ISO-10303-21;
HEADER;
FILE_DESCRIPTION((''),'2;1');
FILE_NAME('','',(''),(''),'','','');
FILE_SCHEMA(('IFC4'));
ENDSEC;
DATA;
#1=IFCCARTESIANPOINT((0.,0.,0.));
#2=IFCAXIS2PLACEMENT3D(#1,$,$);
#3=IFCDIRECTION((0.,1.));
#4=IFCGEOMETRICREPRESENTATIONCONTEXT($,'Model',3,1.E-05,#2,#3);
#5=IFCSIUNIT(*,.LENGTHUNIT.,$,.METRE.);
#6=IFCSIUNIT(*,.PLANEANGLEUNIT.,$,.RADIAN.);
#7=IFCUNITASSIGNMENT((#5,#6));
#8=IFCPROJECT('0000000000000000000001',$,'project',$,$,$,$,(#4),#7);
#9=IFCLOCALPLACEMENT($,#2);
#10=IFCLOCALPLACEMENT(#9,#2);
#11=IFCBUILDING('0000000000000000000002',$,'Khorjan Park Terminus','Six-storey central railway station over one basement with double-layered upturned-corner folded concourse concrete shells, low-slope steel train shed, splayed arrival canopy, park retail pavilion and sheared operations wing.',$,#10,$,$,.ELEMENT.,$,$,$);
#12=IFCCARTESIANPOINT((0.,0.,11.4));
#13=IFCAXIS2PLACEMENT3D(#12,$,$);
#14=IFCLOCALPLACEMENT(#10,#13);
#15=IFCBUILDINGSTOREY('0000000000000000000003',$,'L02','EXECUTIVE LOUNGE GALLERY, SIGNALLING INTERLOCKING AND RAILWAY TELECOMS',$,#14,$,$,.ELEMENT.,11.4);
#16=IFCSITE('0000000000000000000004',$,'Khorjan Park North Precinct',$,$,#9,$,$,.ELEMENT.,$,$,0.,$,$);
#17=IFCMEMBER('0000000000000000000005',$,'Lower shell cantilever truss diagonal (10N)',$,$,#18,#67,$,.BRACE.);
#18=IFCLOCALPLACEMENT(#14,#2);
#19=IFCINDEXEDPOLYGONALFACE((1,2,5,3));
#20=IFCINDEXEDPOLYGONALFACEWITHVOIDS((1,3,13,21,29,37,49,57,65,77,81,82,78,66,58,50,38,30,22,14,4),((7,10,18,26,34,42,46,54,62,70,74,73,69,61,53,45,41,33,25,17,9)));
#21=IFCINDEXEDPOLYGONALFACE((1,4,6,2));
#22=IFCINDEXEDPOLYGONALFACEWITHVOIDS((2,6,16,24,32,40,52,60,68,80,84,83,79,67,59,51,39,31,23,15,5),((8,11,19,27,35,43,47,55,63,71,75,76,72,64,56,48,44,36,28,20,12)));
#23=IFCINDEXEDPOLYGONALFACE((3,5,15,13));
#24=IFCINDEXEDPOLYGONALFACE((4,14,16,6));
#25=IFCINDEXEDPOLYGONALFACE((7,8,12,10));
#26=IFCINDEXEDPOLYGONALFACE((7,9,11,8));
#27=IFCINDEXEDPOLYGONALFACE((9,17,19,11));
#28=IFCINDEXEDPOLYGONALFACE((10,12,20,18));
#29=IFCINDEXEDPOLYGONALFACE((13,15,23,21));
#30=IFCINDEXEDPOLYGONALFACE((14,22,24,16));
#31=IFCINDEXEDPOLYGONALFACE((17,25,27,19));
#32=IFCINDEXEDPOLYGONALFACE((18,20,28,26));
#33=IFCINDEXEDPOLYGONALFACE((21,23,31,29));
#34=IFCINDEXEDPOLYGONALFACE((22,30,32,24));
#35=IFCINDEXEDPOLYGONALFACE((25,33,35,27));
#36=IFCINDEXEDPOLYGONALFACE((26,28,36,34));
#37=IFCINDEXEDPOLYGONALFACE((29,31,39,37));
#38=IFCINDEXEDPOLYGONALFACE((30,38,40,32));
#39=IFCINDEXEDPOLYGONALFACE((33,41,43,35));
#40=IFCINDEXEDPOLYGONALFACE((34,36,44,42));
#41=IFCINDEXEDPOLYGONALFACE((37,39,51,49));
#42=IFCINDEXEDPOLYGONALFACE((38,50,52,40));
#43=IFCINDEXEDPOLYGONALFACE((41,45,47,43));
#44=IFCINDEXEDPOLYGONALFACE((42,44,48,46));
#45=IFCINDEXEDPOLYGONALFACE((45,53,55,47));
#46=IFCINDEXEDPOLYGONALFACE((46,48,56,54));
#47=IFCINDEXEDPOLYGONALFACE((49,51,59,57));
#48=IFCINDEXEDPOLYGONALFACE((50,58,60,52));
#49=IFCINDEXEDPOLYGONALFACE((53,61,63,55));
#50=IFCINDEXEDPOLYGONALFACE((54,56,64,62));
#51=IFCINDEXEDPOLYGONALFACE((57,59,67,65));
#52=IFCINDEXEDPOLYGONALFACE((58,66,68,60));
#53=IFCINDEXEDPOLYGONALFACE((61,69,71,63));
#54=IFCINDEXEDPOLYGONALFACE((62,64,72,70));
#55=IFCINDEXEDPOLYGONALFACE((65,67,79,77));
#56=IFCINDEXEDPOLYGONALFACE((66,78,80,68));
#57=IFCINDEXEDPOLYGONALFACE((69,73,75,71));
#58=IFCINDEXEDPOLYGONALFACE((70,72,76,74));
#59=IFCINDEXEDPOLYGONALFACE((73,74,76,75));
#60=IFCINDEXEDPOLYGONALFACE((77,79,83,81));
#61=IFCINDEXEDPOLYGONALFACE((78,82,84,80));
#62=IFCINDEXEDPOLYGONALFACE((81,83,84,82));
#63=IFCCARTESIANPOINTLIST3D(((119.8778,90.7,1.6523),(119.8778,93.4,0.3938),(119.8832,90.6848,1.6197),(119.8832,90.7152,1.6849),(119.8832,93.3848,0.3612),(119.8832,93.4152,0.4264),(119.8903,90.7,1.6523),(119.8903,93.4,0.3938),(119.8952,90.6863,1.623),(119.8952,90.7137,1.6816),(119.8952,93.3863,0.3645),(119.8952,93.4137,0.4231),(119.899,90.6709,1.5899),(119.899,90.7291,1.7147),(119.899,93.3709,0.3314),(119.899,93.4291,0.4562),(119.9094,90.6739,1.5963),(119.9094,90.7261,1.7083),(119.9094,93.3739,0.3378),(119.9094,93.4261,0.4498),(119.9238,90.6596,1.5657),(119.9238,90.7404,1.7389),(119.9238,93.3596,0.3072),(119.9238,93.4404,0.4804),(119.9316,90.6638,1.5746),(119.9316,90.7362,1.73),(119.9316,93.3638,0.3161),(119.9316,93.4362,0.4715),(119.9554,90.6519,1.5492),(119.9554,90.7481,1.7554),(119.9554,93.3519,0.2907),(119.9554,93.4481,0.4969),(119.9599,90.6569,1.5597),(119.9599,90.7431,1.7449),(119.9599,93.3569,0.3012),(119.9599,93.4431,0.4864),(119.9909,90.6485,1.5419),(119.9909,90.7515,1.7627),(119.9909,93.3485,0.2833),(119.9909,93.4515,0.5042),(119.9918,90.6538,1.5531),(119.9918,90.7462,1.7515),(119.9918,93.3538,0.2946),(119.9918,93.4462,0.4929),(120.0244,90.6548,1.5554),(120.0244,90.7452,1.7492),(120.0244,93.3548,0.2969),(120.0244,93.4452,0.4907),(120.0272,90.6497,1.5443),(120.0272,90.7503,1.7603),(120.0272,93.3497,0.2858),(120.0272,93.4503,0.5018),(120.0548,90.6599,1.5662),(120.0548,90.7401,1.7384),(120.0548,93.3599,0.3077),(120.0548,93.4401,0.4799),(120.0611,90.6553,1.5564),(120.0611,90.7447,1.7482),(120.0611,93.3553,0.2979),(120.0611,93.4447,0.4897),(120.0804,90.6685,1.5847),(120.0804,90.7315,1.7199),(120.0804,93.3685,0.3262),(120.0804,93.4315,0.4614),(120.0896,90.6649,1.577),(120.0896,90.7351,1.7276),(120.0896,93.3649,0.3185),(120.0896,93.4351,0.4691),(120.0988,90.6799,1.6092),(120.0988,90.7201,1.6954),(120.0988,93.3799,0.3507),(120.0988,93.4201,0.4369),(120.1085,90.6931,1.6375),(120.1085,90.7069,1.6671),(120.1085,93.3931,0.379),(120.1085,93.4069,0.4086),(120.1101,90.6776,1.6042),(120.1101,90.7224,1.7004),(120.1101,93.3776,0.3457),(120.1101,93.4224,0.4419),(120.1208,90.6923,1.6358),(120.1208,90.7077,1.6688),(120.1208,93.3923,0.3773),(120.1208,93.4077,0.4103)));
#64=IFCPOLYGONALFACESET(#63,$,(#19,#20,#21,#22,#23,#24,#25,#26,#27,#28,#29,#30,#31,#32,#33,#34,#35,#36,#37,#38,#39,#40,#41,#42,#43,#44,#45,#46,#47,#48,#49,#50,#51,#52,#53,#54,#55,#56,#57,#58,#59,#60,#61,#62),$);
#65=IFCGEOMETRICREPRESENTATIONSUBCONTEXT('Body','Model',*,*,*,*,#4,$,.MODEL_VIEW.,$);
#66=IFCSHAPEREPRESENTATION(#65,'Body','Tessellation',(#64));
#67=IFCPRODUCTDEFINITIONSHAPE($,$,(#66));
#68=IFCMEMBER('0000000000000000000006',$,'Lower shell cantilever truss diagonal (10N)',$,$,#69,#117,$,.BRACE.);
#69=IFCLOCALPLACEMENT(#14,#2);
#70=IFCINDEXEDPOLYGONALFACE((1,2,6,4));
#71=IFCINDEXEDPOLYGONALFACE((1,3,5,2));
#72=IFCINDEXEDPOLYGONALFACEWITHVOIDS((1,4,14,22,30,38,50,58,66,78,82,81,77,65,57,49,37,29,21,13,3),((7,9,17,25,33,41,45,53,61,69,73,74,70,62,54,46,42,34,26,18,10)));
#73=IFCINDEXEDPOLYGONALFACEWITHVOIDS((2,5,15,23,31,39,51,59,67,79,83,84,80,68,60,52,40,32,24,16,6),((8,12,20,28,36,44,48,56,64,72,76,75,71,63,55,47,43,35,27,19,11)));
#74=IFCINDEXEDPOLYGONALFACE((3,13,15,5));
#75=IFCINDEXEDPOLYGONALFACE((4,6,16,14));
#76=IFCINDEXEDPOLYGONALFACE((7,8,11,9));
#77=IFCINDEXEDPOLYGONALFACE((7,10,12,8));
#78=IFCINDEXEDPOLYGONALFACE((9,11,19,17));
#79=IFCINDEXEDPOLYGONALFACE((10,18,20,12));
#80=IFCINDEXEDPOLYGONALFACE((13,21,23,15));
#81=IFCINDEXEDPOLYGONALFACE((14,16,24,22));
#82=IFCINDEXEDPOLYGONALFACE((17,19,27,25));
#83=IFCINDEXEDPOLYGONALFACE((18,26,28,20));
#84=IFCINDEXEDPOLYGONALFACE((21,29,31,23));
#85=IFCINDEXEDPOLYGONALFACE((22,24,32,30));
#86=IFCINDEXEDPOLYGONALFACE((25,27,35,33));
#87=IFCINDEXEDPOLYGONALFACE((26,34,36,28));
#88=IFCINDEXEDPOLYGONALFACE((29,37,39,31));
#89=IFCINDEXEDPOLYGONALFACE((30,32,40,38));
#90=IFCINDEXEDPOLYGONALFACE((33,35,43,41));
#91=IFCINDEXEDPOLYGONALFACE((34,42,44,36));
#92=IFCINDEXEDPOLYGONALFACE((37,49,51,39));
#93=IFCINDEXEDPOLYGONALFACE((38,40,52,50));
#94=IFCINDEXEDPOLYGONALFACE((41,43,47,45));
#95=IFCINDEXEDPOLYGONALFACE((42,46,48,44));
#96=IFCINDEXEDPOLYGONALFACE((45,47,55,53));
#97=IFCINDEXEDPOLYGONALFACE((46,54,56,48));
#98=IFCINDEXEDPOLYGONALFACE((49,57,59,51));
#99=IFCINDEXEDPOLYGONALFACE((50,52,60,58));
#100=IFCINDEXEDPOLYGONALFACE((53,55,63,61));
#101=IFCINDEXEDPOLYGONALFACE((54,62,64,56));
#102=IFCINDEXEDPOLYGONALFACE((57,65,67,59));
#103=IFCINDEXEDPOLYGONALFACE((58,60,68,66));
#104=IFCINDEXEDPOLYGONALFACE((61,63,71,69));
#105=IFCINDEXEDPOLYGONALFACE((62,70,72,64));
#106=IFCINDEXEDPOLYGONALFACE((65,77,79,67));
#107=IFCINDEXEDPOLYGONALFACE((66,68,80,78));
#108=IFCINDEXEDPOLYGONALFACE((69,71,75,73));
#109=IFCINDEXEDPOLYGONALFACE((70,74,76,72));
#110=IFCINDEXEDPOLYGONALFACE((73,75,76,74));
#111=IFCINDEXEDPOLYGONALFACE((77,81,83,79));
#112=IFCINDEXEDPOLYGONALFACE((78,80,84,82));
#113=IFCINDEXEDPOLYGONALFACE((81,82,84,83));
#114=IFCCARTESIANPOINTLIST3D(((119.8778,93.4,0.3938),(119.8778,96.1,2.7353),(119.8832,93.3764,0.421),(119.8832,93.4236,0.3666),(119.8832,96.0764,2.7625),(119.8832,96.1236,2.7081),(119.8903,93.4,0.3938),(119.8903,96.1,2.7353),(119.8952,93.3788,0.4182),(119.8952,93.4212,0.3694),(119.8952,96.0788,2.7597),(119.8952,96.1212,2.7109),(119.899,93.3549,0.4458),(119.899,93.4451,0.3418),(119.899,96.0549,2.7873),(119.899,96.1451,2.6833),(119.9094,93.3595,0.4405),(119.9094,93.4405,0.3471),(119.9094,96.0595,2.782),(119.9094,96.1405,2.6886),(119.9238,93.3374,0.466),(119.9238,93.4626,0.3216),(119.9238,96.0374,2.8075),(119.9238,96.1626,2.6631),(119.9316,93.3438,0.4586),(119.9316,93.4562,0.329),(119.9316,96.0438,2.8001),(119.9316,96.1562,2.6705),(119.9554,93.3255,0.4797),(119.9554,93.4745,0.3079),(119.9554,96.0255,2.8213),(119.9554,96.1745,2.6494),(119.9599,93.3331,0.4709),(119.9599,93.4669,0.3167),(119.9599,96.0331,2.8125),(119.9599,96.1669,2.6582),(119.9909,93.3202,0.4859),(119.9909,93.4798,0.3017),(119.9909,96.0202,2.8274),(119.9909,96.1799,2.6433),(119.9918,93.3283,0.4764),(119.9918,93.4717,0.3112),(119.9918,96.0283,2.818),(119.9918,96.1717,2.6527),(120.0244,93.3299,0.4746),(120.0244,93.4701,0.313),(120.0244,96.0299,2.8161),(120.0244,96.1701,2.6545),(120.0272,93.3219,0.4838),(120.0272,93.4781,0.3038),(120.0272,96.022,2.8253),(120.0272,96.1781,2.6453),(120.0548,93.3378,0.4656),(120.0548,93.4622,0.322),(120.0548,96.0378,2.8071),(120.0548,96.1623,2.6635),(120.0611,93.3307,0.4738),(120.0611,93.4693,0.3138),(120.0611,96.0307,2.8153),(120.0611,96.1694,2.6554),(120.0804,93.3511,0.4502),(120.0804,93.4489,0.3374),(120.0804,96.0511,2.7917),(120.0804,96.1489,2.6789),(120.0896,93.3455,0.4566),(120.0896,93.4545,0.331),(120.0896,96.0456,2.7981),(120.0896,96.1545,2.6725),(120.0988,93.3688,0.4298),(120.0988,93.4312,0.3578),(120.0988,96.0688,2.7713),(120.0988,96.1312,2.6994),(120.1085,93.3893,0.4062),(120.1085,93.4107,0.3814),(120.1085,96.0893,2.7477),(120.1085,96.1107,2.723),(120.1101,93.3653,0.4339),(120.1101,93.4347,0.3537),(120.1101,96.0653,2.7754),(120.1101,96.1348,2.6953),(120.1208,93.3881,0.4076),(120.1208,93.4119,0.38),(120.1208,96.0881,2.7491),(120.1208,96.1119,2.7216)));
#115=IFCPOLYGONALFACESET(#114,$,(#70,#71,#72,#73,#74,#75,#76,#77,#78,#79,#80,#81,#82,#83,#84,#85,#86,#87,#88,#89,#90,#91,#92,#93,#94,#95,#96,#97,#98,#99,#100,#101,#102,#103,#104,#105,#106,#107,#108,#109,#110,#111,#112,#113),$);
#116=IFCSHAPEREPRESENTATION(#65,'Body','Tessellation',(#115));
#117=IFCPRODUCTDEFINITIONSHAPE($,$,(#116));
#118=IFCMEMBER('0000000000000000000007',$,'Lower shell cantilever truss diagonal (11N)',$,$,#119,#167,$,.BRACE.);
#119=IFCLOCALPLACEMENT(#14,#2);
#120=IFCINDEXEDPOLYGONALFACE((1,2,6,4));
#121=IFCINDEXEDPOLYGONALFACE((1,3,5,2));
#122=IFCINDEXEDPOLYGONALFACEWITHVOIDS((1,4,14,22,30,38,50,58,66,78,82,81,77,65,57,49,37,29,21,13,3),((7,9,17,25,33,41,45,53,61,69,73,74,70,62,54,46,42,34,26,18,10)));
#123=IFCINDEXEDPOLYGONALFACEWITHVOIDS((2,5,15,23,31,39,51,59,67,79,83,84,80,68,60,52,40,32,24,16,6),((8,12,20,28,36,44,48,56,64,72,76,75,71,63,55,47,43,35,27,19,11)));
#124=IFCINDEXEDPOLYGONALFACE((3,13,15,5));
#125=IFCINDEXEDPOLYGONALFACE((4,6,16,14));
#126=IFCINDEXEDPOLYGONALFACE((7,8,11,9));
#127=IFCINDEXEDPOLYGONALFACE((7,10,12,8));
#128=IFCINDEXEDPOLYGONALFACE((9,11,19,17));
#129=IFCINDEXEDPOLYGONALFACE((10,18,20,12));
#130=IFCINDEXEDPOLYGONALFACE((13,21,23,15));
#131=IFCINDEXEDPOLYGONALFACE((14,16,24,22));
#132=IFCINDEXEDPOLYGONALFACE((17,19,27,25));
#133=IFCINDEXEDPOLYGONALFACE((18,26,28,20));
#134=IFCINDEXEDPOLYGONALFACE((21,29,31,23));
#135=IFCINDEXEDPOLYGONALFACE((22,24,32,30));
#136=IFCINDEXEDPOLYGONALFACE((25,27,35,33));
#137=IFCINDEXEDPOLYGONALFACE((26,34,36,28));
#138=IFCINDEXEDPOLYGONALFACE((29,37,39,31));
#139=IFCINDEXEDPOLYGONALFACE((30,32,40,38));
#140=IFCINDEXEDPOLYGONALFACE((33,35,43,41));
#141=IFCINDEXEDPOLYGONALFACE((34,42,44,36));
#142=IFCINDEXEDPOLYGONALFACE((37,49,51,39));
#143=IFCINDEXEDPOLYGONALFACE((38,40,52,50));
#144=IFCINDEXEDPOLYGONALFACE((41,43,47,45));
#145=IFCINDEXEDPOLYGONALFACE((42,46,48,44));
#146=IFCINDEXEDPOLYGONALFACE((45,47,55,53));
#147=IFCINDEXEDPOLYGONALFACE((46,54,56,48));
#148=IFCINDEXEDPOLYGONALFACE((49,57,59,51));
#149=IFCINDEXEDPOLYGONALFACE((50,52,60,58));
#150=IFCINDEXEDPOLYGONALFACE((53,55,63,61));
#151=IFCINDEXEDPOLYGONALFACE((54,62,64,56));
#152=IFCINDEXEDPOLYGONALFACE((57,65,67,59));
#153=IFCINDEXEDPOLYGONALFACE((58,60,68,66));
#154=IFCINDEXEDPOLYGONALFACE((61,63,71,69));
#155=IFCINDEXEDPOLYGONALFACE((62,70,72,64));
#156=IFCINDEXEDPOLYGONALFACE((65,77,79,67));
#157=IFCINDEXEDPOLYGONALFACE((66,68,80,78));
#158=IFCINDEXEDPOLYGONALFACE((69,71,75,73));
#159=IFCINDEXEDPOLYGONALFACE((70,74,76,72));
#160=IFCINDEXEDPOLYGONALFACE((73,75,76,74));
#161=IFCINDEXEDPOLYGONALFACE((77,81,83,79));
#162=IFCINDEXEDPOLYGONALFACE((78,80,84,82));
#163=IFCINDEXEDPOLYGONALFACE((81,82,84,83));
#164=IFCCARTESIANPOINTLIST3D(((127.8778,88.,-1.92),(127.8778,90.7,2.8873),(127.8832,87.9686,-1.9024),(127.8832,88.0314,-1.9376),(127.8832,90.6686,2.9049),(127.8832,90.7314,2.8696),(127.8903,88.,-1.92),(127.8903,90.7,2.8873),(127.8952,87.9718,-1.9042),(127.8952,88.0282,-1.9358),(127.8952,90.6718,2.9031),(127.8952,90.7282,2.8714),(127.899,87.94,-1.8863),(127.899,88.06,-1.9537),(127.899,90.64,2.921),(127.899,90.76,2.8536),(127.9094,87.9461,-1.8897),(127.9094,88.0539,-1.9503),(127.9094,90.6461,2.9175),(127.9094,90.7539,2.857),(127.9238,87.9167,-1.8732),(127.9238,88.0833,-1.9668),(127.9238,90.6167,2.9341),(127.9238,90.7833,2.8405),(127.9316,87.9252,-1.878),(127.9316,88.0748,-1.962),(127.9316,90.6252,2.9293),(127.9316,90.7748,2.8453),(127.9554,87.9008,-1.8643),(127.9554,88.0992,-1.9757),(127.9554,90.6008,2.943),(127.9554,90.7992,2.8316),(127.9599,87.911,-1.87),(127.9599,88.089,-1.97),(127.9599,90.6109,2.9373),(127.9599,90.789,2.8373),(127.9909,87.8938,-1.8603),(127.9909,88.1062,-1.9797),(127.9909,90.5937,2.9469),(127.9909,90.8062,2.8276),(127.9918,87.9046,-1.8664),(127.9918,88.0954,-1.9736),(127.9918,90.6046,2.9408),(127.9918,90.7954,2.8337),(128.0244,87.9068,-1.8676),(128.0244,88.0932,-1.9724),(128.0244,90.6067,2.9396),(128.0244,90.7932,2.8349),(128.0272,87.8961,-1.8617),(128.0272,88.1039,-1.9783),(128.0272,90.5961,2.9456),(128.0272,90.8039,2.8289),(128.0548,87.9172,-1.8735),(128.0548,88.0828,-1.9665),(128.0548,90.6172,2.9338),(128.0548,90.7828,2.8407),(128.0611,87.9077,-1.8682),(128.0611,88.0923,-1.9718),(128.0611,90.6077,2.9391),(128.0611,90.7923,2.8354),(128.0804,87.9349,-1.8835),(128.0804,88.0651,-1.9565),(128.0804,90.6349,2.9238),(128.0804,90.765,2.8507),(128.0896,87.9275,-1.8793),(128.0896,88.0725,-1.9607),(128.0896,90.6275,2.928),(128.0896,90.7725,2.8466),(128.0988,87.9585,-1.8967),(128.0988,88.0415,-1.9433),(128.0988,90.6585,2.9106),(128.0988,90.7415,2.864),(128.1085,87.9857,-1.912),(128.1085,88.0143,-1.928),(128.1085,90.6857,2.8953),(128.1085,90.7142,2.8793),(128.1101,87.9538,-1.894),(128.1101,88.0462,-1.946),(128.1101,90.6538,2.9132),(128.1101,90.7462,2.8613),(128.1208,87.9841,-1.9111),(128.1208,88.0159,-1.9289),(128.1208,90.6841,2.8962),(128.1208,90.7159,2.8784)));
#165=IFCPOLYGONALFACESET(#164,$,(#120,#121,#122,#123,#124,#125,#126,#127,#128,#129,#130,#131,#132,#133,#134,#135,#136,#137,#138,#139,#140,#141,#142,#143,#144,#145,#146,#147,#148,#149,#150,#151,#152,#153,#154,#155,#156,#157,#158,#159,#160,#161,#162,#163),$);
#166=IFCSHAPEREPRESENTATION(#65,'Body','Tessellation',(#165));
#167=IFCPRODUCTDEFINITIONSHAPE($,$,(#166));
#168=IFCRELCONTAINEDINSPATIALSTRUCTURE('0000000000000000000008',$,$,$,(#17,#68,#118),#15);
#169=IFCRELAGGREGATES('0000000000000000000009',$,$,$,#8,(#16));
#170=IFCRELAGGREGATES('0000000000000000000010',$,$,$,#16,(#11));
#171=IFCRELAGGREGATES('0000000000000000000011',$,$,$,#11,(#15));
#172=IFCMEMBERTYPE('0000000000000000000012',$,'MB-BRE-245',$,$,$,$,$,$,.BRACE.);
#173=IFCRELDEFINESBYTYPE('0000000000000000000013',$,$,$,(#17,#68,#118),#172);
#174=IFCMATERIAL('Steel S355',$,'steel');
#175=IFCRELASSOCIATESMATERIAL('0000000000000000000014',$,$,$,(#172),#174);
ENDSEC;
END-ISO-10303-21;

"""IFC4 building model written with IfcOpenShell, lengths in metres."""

from ifc_helpers import new_model, si_unit, direction, frame, origin, origin_2d, place, context, subcontext, project, spatial, hollow_circle, extrude, material, material_profile, profile_set, type_object, element, save


model = new_model("IFC4")

# Units and contexts
model_context = context("Model", 3, precision=1e-05, world=origin(), true_north=direction((0.0, 1.0)))
body_context = subcontext(model_context, "Body", "Model", "MODEL_VIEW")
ifc_project = project(units=[si_unit("LENGTHUNIT", "METRE"), si_unit("PLANEANGLEUNIT", "RADIAN")], contexts=[model_context])

# Site, building, storey
site_placement = place(None, origin())
site = spatial("IfcSite", under=ifc_project, at=site_placement, Name="Khorjan Park North Precinct", CompositionType="ELEMENT", RefElevation=0.0)
building_placement = place(site_placement, origin())
building = spatial("IfcBuilding", under=site, at=building_placement, Name="Khorjan Park Terminus", Description="Six-storey central railway station over one basement with double-layered upturned-corner folded concourse concrete shells, low-slope steel train shed, splayed arrival canopy, park retail pavilion and sheared operations wing.", CompositionType="ELEMENT")
storey_placement = place(building_placement, frame((0.0, 0.0, 11.4)))
storey = spatial("IfcBuildingStorey", under=building, at=storey_placement, Name="L02", Description="EXECUTIVE LOUNGE GALLERY, SIGNALLING INTERLOCKING AND RAILWAY TELECOMS", CompositionType="ELEMENT", Elevation=11.4)

# Members
ifc_material_1 = material(Name="Steel S355", Category="steel")
ifc_material_profile_1 = material_profile(ifc_material_1, hollow_circle(Radius=0.1222, WallThickness=0.0125, at=origin_2d()), Name="CHS 244.5x12.5")
ifc_profile_set_1 = profile_set([ifc_material_profile_1], Name="Steel S355")
member_type_1 = type_object("IfcMemberType", Name="MB-BRE-245", PredefinedType="BRACE", material=ifc_profile_set_1)
member_1_placement = place(storey_placement, frame((120.0, 90.7, 1.6523), z_axis=(0.0, 0.906376, -0.422472), x_axis=(-1.0, 0.0, 0.0)))
element("IfcMember", 1, at=member_1_placement, inside=storey, type_object=member_type_1, Name="Lower shell cantilever truss diagonal (10N)", PredefinedType="BRACE", context=body_context, shape_type="SweptSolid", body=[
    extrude(hollow_circle(Radius=0.1222, WallThickness=0.0125, at=origin_2d()), origin(), (0.0, 0.0, 1.0), 2.9789),
])
member_2_placement = place(storey_placement, frame((120.0, 93.4, 0.3938), z_axis=(0.0, 0.755481, 0.65517), x_axis=(-1.0, 0.0, 0.0)))
element("IfcMember", 2, at=member_2_placement, inside=storey, type_object=member_type_1, Name="Lower shell cantilever truss diagonal (10N)", PredefinedType="BRACE", context=body_context, shape_type="SweptSolid", body=[
    extrude(hollow_circle(Radius=0.1222, WallThickness=0.0125, at=origin_2d()), origin(), (0.0, 0.0, 1.0), 3.5739),
])
member_3_placement = place(storey_placement, frame((128.0, 88.0, -1.92), z_axis=(0.0, 0.489695, 0.871894), x_axis=(-1.0, 0.0, 0.0)))
element("IfcMember", 3, at=member_3_placement, inside=storey, type_object=member_type_1, Name="Lower shell cantilever truss diagonal (11N)", PredefinedType="BRACE", context=body_context, shape_type="SweptSolid", body=[
    extrude(hollow_circle(Radius=0.1222, WallThickness=0.0125, at=origin_2d()), origin(), (0.0, 0.0, 1.0), 5.5136),
])

save(model, "model.ifc")
